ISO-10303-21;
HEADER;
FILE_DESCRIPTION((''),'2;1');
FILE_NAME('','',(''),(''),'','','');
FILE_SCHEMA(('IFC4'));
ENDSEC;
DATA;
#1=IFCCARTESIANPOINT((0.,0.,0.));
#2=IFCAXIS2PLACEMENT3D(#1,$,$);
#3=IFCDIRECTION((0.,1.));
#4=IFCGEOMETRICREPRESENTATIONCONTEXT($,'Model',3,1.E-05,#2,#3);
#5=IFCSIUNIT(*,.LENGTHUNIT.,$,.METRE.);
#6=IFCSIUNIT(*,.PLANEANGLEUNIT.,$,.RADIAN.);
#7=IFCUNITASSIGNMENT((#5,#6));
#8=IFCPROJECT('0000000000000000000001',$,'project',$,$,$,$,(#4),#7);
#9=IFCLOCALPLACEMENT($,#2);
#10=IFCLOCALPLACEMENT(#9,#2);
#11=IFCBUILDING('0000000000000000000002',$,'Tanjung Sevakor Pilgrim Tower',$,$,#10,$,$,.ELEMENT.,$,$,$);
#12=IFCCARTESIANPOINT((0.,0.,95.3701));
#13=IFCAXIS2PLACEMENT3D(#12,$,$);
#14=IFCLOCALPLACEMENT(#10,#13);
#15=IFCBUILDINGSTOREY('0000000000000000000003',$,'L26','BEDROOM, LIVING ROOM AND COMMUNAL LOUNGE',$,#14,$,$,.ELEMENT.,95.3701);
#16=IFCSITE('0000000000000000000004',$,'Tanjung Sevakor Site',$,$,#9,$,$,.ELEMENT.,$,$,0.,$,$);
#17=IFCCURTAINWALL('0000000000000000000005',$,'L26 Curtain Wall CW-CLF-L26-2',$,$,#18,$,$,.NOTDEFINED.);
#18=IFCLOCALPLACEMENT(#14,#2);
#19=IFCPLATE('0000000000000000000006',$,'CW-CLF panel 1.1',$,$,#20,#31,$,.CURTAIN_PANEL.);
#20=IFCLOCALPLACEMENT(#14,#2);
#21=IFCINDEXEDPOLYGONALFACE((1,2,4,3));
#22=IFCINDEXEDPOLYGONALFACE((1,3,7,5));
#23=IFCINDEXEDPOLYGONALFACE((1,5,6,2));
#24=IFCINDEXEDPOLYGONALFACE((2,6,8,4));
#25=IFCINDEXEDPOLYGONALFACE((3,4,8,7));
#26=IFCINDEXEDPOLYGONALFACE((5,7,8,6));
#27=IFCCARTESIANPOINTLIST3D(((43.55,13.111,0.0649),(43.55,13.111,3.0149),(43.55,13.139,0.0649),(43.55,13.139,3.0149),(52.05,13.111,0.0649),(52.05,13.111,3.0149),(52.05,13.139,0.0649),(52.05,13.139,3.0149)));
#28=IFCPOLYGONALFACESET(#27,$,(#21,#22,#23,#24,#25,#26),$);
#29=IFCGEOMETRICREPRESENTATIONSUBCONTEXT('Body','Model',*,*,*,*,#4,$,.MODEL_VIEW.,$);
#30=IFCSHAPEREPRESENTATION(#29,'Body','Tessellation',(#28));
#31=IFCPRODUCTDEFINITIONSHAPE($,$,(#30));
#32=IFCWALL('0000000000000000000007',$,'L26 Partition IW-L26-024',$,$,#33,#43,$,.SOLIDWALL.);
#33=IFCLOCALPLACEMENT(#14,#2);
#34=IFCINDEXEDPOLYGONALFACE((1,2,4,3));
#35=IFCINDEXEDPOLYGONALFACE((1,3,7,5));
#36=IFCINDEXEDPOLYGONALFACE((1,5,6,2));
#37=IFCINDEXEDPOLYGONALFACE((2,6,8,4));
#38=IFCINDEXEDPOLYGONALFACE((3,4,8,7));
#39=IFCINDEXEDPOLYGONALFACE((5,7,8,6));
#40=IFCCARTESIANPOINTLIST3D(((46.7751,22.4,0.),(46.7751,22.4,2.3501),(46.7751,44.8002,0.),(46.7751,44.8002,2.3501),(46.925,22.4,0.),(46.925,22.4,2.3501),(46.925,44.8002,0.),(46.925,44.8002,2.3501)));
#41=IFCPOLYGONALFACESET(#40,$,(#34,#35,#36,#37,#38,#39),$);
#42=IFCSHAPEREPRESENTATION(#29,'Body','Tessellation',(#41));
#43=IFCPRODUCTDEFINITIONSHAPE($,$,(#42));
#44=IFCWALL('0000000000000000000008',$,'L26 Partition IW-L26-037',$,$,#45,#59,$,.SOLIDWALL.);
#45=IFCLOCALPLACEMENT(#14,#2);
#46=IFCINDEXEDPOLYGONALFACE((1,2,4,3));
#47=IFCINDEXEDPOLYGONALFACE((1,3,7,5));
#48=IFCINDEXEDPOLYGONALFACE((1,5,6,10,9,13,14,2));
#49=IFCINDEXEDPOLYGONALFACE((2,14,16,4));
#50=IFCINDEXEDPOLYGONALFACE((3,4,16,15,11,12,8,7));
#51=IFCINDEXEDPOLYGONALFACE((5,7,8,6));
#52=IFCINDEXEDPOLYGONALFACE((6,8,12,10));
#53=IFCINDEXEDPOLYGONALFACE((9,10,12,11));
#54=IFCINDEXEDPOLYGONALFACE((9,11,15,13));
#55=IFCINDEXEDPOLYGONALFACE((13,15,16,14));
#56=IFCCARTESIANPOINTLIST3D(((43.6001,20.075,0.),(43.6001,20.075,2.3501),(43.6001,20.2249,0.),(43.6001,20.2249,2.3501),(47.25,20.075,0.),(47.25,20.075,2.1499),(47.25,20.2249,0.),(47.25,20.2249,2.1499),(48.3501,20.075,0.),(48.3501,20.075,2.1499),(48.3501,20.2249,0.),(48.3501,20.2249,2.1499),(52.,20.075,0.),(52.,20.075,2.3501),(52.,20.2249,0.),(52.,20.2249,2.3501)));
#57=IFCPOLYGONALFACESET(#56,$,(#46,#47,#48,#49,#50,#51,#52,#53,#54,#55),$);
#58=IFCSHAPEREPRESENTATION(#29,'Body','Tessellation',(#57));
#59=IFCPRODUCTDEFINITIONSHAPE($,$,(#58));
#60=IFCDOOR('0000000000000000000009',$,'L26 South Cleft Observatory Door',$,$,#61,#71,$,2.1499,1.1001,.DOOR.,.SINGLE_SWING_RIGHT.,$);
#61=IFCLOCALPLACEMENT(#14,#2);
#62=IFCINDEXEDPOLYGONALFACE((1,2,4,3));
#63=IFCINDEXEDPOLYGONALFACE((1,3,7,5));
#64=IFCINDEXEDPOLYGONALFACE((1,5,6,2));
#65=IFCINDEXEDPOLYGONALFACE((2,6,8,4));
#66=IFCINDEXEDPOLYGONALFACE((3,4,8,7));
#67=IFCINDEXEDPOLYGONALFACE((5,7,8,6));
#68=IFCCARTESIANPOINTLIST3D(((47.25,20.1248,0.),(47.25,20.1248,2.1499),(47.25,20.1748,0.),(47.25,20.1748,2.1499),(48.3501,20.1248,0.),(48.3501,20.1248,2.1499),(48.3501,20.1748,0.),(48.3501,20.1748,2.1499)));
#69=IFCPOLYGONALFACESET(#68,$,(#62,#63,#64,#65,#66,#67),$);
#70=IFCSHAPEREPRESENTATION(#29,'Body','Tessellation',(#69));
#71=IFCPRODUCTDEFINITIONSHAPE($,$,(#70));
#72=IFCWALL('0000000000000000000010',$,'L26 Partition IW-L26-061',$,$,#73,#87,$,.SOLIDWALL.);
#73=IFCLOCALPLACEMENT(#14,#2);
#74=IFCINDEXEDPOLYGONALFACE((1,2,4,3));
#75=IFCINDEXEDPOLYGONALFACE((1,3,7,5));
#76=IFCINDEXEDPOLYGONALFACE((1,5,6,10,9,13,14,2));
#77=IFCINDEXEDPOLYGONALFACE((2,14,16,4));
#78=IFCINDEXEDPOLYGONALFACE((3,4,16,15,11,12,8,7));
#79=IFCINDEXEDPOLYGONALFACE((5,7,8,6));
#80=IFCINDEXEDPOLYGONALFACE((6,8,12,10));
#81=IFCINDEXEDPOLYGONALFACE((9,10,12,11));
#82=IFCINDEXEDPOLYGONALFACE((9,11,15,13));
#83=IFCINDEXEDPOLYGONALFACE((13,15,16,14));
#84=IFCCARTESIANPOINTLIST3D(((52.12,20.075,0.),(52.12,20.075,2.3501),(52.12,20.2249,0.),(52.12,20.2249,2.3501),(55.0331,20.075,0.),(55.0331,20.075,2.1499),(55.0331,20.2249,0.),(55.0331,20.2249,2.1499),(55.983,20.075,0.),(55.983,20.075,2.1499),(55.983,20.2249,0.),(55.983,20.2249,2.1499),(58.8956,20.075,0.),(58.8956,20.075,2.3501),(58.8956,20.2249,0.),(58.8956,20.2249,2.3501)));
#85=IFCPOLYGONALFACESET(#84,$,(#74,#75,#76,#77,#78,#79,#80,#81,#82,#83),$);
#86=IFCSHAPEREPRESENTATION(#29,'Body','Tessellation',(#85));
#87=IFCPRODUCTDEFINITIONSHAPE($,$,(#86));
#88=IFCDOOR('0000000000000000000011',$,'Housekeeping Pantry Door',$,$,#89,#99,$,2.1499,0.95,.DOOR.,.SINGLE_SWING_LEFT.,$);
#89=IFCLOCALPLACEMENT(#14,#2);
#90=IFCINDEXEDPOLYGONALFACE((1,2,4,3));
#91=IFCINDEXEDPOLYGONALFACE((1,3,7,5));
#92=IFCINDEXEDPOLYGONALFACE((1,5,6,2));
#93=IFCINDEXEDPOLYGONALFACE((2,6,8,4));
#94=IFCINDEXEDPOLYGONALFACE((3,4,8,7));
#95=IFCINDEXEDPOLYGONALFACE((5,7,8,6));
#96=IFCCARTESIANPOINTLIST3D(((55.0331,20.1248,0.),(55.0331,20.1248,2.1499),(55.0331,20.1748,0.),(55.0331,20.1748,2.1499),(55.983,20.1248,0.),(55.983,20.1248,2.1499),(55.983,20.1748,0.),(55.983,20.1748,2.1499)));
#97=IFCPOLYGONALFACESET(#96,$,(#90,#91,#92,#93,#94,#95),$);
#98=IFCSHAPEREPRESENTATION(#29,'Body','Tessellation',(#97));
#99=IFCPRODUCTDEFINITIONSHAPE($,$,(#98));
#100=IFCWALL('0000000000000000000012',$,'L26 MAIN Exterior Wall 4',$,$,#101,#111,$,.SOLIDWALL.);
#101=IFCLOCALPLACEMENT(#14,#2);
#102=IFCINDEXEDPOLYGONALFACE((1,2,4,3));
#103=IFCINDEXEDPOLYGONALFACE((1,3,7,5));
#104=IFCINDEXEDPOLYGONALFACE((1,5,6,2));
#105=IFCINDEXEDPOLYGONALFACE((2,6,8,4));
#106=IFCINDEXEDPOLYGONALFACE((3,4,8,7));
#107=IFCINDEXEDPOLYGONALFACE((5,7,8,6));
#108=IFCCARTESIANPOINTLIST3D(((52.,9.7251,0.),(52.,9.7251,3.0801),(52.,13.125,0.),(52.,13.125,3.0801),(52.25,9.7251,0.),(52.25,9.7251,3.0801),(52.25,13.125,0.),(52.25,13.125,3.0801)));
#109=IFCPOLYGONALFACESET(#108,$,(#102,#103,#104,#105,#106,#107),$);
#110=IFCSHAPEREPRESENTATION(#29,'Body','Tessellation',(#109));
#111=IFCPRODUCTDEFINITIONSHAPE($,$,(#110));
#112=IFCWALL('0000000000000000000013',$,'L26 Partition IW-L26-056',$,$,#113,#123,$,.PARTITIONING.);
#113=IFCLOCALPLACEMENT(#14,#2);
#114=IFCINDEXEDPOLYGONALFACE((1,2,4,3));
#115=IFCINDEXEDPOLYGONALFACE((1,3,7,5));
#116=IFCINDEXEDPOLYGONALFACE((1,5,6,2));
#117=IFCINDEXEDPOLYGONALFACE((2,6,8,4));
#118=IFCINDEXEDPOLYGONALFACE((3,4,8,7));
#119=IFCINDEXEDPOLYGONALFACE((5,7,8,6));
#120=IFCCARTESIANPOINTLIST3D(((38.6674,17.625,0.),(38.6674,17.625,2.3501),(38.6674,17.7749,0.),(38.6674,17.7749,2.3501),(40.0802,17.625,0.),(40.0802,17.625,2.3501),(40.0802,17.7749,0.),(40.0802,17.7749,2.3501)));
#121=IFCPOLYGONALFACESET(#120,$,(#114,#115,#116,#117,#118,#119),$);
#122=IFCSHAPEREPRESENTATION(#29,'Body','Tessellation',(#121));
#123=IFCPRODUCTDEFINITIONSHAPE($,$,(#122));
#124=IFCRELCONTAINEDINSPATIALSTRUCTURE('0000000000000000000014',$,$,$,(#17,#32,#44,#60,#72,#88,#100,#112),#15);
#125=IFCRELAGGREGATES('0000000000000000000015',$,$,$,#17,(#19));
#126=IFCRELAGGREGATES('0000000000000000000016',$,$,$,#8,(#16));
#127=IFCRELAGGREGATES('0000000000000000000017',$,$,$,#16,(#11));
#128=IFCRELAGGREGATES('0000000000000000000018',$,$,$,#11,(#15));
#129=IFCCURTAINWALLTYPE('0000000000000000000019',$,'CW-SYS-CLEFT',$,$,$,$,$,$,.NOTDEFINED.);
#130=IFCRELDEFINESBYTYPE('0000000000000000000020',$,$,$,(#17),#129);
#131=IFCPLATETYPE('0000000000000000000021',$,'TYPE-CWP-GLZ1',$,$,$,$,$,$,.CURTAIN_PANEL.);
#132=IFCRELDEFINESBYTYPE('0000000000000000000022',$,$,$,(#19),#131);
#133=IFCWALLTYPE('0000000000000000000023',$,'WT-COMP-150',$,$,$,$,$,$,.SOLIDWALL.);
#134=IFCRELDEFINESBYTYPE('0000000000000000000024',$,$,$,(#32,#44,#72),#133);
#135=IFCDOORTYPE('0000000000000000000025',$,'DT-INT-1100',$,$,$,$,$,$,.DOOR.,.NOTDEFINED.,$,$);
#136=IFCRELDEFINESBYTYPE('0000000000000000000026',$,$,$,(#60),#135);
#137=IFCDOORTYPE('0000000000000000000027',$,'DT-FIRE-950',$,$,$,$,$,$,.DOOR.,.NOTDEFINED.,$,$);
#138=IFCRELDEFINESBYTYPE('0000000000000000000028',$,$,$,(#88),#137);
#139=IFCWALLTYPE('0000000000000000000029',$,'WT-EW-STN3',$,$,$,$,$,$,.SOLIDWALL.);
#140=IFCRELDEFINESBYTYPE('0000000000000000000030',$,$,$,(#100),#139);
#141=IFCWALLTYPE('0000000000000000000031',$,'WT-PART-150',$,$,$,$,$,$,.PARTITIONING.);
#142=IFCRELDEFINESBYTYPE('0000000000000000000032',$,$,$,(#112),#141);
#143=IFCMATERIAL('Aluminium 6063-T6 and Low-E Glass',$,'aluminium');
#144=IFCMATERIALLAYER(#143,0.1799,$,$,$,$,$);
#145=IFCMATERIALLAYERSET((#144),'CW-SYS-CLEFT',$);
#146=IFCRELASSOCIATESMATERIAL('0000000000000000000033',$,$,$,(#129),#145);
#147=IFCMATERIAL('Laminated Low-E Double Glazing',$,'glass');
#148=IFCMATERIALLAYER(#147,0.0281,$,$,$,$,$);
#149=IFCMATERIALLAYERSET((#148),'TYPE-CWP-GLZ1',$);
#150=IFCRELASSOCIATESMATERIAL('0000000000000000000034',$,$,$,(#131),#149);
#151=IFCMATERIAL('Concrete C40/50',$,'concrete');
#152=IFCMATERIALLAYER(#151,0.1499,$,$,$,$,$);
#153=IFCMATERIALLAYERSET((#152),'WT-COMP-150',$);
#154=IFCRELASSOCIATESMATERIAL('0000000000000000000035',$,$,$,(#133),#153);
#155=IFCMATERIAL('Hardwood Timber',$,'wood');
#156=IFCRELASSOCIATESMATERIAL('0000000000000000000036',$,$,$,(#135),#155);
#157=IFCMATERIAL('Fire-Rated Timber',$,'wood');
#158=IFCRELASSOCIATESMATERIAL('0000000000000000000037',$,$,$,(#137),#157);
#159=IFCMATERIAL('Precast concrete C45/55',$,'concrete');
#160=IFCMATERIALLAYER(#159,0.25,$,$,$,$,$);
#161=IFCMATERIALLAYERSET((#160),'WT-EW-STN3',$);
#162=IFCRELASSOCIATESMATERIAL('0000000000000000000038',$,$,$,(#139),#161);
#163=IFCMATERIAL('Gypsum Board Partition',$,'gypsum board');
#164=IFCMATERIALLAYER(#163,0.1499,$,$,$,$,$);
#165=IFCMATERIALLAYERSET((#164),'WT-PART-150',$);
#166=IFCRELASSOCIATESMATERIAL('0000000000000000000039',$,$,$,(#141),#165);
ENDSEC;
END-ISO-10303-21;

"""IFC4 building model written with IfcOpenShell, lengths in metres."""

from ifc_helpers import new_model, si_unit, direction, frame, frame_2d, origin, origin_2d, place, context, subcontext, project, spatial, rectangle, extrude, material, layer, layer_set, type_object, element, fill, aggregate, save


model = new_model("IFC4")

# Units and contexts
model_context = context("Model", 3, precision=1e-05, world=origin(), true_north=direction((0.0, 1.0)))
body_context = subcontext(model_context, "Body", "Model", "MODEL_VIEW")
ifc_project = project(units=[si_unit("LENGTHUNIT", "METRE"), si_unit("PLANEANGLEUNIT", "RADIAN")], contexts=[model_context])

# Site, building, storey
site_placement = place(None, origin())
site = spatial("IfcSite", under=ifc_project, at=site_placement, Name="Tanjung Sevakor Site", CompositionType="ELEMENT", RefElevation=0.0)
building_placement = place(site_placement, origin())
building = spatial("IfcBuilding", under=site, at=building_placement, Name="Tanjung Sevakor Pilgrim Tower", CompositionType="ELEMENT")
storey_placement = place(building_placement, frame((0.0, 0.0, 95.3701)))
storey = spatial("IfcBuildingStorey", under=building, at=storey_placement, Name="L26", Description="BEDROOM, LIVING ROOM AND COMMUNAL LOUNGE", CompositionType="ELEMENT", Elevation=95.3701)

# Curtain wall, plate
ifc_material_1 = material(Name="Aluminium 6063-T6 and Low-E Glass", Category="aluminium")
ifc_layer_1 = layer(ifc_material_1, 0.1799)
ifc_layer_set_1 = layer_set([ifc_layer_1], Name="CW-SYS-CLEFT")
curtain_wall_type = type_object("IfcCurtainWallType", Name="CW-SYS-CLEFT", PredefinedType="NOTDEFINED", material=ifc_layer_set_1)
curtain_wall_placement = place(storey_placement, origin())
curtain_wall = element("IfcCurtainWall", 1, at=curtain_wall_placement, inside=storey, type_object=curtain_wall_type, Name="L26 Curtain Wall CW-CLF-L26-2", PredefinedType="NOTDEFINED")
ifc_material_2 = material(Name="Laminated Low-E Double Glazing", Category="glass")
ifc_layer_2 = layer(ifc_material_2, 0.0281)
ifc_layer_set_2 = layer_set([ifc_layer_2], Name="TYPE-CWP-GLZ1")
plate_type = type_object("IfcPlateType", Name="TYPE-CWP-GLZ1", PredefinedType="CURTAIN_PANEL", material=ifc_layer_set_2)
plate_placement = place(storey_placement, frame((47.8, 13.125, 0.0649), z_axis=(0.0, 0.0, 1.0), x_axis=(1.0, 0.0, 0.0)))
plate = element("IfcPlate", 2, at=plate_placement, type_object=plate_type, Name="CW-CLF panel 1.1", PredefinedType="CURTAIN_PANEL", context=body_context, shape_type="SweptSolid", body=[
    extrude(rectangle(XDim=8.5, YDim=0.0281, at=origin_2d()), origin(), (0.0, 0.0, 1.0), 2.95),
])
aggregate(curtain_wall, [plate])

# Wall
ifc_material_3 = material(Name="Concrete C40/50", Category="concrete")
ifc_layer_3 = layer(ifc_material_3, 0.1499)
ifc_layer_set_3 = layer_set([ifc_layer_3], Name="WT-COMP-150")
wall_type_1 = type_object("IfcWallType", Name="WT-COMP-150", PredefinedType="SOLIDWALL", material=ifc_layer_set_3)
wall_1_placement = place(storey_placement, frame((46.8501, 22.3999, 0.0), z_axis=(0.0, 0.0, 1.0), x_axis=(0.0, 1.0, 0.0)))
element("IfcWall", 3, at=wall_1_placement, inside=storey, type_object=wall_type_1, Name="L26 Partition IW-L26-024", PredefinedType="SOLIDWALL", context=body_context, shape_type="SweptSolid", body=[
    extrude(rectangle(XDim=22.4001, YDim=0.1499, at=frame_2d((11.2002, 0.0))), origin(), (0.0, 0.0, 1.0), 2.3501),
])

# Walls, openings, doors
wall_2_placement = place(storey_placement, frame((43.6001, 20.1499, 0.0), z_axis=(0.0, 0.0, 1.0), x_axis=(1.0, 0.0, 0.0)))
wall_2 = element("IfcWall", 4, at=wall_2_placement, inside=storey, type_object=wall_type_1, Name="L26 Partition IW-L26-037", PredefinedType="SOLIDWALL", context=body_context, shape_type="SweptSolid", body=[
    extrude(rectangle(XDim=8.3999, YDim=0.1499, at=frame_2d((4.2, 0.0))), origin(), (0.0, 0.0, 1.0), 2.3501),
])
opening_1_placement = place(wall_2_placement, frame((3.6499, 0.0, 0.0)))
opening_1 = element("IfcOpeningElement", 5, at=opening_1_placement, cuts=wall_2, PredefinedType="OPENING", context=body_context, shape_type="SweptSolid", body=[
    extrude(rectangle(XDim=1.1001, YDim=2.1499, at=frame_2d((0.55, 1.075))), frame((0.0, 0.085, 0.0), z_axis=(0.0, -1.0, 0.0), x_axis=(1.0, 0.0, 0.0)), (0.0, 0.0, 1.0), 0.1699),
])
ifc_material_4 = material(Name="Hardwood Timber", Category="wood")
door_type_1 = type_object("IfcDoorType", Name="DT-INT-1100", OperationType="NOTDEFINED", PredefinedType="DOOR", material=ifc_material_4)
door_1_placement = place(opening_1_placement, origin())
door_1 = element("IfcDoor", 6, at=door_1_placement, inside=storey, type_object=door_type_1, Name="L26 South Cleft Observatory Door", OperationType="SINGLE_SWING_RIGHT", OverallHeight=2.1499, OverallWidth=1.1001, PredefinedType="DOOR", context=body_context, shape_type="SweptSolid", body=[
    extrude(rectangle(XDim=1.1001, YDim=2.1499, at=frame_2d((0.55, 1.075))), frame((0.0, 0.0249, 0.0), z_axis=(0.0, -1.0, 0.0), x_axis=(1.0, 0.0, 0.0)), (0.0, 0.0, 1.0), 0.05),
])
fill(opening_1, door_1)
ifc_material_5 = material(Name="Fire-Rated Timber", Category="wood")
door_type_2 = type_object("IfcDoorType", Name="DT-FIRE-950", OperationType="NOTDEFINED", PredefinedType="DOOR", material=ifc_material_5)
wall_3_placement = place(storey_placement, frame((52.1201, 20.1499, 0.0), z_axis=(0.0, 0.0, 1.0), x_axis=(1.0, 0.0, 0.0)))
wall_3 = element("IfcWall", 7, at=wall_3_placement, inside=storey, type_object=wall_type_1, Name="L26 Partition IW-L26-061", PredefinedType="SOLIDWALL", context=body_context, shape_type="SweptSolid", body=[
    extrude(rectangle(XDim=6.7756, YDim=0.1499, at=frame_2d((3.3877, 0.0))), origin(), (0.0, 0.0, 1.0), 2.3501),
])
opening_2_placement = place(wall_3_placement, frame((2.9128, 0.0, 0.0)))
opening_2 = element("IfcOpeningElement", 8, at=opening_2_placement, cuts=wall_3, PredefinedType="OPENING", context=body_context, shape_type="SweptSolid", body=[
    extrude(rectangle(XDim=0.95, YDim=2.1499, at=frame_2d((0.4751, 1.075))), frame((0.0, 0.085, 0.0), z_axis=(0.0, -1.0, 0.0), x_axis=(1.0, 0.0, 0.0)), (0.0, 0.0, 1.0), 0.1699),
])
door_2_placement = place(opening_2_placement, origin())
door_2 = element("IfcDoor", 9, at=door_2_placement, inside=storey, type_object=door_type_2, Name="Housekeeping Pantry Door", OperationType="SINGLE_SWING_LEFT", OverallHeight=2.1499, OverallWidth=0.95, PredefinedType="DOOR", context=body_context, shape_type="SweptSolid", body=[
    extrude(rectangle(XDim=0.95, YDim=2.1499, at=frame_2d((0.4751, 1.075))), frame((0.0, 0.0249, 0.0), z_axis=(0.0, -1.0, 0.0), x_axis=(1.0, 0.0, 0.0)), (0.0, 0.0, 1.0), 0.05),
])
fill(opening_2, door_2)

# Walls
ifc_material_6 = material(Name="Precast concrete C45/55", Category="concrete")
ifc_layer_4 = layer(ifc_material_6, 0.25)
ifc_layer_set_4 = layer_set([ifc_layer_4], Name="WT-EW-STN3")
wall_type_2 = type_object("IfcWallType", Name="WT-EW-STN3", PredefinedType="SOLIDWALL", material=ifc_layer_set_4)
wall_4_placement = place(storey_placement, frame((52.125, 13.125, 0.0), z_axis=(0.0, 0.0, 1.0), x_axis=(0.0, -1.0, 0.0)))
element("IfcWall", 10, at=wall_4_placement, inside=storey, type_object=wall_type_2, Name="L26 MAIN Exterior Wall 4", PredefinedType="SOLIDWALL", context=body_context, shape_type="SweptSolid", body=[
    extrude(rectangle(XDim=3.3999, YDim=0.25, at=frame_2d((1.7, 0.0))), origin(), (0.0, 0.0, 1.0), 3.0801),
])
ifc_material_7 = material(Name="Gypsum Board Partition", Category="gypsum board")
ifc_layer_5 = layer(ifc_material_7, 0.1499)
ifc_layer_set_5 = layer_set([ifc_layer_5], Name="WT-PART-150")
wall_type_3 = type_object("IfcWallType", Name="WT-PART-150", PredefinedType="PARTITIONING", material=ifc_layer_set_5)
wall_5_placement = place(storey_placement, frame((38.6672, 17.7, 0.0), z_axis=(0.0, 0.0, 1.0), x_axis=(1.0, 0.0, 0.0)))
element("IfcWall", 11, at=wall_5_placement, inside=storey, type_object=wall_type_3, Name="L26 Partition IW-L26-056", PredefinedType="PARTITIONING", context=body_context, shape_type="SweptSolid", body=[
    extrude(rectangle(XDim=1.4128, YDim=0.1499, at=frame_2d((0.7065, 0.0))), origin(), (0.0, 0.0, 1.0), 2.3501),
])

save(model, "model.ifc")
